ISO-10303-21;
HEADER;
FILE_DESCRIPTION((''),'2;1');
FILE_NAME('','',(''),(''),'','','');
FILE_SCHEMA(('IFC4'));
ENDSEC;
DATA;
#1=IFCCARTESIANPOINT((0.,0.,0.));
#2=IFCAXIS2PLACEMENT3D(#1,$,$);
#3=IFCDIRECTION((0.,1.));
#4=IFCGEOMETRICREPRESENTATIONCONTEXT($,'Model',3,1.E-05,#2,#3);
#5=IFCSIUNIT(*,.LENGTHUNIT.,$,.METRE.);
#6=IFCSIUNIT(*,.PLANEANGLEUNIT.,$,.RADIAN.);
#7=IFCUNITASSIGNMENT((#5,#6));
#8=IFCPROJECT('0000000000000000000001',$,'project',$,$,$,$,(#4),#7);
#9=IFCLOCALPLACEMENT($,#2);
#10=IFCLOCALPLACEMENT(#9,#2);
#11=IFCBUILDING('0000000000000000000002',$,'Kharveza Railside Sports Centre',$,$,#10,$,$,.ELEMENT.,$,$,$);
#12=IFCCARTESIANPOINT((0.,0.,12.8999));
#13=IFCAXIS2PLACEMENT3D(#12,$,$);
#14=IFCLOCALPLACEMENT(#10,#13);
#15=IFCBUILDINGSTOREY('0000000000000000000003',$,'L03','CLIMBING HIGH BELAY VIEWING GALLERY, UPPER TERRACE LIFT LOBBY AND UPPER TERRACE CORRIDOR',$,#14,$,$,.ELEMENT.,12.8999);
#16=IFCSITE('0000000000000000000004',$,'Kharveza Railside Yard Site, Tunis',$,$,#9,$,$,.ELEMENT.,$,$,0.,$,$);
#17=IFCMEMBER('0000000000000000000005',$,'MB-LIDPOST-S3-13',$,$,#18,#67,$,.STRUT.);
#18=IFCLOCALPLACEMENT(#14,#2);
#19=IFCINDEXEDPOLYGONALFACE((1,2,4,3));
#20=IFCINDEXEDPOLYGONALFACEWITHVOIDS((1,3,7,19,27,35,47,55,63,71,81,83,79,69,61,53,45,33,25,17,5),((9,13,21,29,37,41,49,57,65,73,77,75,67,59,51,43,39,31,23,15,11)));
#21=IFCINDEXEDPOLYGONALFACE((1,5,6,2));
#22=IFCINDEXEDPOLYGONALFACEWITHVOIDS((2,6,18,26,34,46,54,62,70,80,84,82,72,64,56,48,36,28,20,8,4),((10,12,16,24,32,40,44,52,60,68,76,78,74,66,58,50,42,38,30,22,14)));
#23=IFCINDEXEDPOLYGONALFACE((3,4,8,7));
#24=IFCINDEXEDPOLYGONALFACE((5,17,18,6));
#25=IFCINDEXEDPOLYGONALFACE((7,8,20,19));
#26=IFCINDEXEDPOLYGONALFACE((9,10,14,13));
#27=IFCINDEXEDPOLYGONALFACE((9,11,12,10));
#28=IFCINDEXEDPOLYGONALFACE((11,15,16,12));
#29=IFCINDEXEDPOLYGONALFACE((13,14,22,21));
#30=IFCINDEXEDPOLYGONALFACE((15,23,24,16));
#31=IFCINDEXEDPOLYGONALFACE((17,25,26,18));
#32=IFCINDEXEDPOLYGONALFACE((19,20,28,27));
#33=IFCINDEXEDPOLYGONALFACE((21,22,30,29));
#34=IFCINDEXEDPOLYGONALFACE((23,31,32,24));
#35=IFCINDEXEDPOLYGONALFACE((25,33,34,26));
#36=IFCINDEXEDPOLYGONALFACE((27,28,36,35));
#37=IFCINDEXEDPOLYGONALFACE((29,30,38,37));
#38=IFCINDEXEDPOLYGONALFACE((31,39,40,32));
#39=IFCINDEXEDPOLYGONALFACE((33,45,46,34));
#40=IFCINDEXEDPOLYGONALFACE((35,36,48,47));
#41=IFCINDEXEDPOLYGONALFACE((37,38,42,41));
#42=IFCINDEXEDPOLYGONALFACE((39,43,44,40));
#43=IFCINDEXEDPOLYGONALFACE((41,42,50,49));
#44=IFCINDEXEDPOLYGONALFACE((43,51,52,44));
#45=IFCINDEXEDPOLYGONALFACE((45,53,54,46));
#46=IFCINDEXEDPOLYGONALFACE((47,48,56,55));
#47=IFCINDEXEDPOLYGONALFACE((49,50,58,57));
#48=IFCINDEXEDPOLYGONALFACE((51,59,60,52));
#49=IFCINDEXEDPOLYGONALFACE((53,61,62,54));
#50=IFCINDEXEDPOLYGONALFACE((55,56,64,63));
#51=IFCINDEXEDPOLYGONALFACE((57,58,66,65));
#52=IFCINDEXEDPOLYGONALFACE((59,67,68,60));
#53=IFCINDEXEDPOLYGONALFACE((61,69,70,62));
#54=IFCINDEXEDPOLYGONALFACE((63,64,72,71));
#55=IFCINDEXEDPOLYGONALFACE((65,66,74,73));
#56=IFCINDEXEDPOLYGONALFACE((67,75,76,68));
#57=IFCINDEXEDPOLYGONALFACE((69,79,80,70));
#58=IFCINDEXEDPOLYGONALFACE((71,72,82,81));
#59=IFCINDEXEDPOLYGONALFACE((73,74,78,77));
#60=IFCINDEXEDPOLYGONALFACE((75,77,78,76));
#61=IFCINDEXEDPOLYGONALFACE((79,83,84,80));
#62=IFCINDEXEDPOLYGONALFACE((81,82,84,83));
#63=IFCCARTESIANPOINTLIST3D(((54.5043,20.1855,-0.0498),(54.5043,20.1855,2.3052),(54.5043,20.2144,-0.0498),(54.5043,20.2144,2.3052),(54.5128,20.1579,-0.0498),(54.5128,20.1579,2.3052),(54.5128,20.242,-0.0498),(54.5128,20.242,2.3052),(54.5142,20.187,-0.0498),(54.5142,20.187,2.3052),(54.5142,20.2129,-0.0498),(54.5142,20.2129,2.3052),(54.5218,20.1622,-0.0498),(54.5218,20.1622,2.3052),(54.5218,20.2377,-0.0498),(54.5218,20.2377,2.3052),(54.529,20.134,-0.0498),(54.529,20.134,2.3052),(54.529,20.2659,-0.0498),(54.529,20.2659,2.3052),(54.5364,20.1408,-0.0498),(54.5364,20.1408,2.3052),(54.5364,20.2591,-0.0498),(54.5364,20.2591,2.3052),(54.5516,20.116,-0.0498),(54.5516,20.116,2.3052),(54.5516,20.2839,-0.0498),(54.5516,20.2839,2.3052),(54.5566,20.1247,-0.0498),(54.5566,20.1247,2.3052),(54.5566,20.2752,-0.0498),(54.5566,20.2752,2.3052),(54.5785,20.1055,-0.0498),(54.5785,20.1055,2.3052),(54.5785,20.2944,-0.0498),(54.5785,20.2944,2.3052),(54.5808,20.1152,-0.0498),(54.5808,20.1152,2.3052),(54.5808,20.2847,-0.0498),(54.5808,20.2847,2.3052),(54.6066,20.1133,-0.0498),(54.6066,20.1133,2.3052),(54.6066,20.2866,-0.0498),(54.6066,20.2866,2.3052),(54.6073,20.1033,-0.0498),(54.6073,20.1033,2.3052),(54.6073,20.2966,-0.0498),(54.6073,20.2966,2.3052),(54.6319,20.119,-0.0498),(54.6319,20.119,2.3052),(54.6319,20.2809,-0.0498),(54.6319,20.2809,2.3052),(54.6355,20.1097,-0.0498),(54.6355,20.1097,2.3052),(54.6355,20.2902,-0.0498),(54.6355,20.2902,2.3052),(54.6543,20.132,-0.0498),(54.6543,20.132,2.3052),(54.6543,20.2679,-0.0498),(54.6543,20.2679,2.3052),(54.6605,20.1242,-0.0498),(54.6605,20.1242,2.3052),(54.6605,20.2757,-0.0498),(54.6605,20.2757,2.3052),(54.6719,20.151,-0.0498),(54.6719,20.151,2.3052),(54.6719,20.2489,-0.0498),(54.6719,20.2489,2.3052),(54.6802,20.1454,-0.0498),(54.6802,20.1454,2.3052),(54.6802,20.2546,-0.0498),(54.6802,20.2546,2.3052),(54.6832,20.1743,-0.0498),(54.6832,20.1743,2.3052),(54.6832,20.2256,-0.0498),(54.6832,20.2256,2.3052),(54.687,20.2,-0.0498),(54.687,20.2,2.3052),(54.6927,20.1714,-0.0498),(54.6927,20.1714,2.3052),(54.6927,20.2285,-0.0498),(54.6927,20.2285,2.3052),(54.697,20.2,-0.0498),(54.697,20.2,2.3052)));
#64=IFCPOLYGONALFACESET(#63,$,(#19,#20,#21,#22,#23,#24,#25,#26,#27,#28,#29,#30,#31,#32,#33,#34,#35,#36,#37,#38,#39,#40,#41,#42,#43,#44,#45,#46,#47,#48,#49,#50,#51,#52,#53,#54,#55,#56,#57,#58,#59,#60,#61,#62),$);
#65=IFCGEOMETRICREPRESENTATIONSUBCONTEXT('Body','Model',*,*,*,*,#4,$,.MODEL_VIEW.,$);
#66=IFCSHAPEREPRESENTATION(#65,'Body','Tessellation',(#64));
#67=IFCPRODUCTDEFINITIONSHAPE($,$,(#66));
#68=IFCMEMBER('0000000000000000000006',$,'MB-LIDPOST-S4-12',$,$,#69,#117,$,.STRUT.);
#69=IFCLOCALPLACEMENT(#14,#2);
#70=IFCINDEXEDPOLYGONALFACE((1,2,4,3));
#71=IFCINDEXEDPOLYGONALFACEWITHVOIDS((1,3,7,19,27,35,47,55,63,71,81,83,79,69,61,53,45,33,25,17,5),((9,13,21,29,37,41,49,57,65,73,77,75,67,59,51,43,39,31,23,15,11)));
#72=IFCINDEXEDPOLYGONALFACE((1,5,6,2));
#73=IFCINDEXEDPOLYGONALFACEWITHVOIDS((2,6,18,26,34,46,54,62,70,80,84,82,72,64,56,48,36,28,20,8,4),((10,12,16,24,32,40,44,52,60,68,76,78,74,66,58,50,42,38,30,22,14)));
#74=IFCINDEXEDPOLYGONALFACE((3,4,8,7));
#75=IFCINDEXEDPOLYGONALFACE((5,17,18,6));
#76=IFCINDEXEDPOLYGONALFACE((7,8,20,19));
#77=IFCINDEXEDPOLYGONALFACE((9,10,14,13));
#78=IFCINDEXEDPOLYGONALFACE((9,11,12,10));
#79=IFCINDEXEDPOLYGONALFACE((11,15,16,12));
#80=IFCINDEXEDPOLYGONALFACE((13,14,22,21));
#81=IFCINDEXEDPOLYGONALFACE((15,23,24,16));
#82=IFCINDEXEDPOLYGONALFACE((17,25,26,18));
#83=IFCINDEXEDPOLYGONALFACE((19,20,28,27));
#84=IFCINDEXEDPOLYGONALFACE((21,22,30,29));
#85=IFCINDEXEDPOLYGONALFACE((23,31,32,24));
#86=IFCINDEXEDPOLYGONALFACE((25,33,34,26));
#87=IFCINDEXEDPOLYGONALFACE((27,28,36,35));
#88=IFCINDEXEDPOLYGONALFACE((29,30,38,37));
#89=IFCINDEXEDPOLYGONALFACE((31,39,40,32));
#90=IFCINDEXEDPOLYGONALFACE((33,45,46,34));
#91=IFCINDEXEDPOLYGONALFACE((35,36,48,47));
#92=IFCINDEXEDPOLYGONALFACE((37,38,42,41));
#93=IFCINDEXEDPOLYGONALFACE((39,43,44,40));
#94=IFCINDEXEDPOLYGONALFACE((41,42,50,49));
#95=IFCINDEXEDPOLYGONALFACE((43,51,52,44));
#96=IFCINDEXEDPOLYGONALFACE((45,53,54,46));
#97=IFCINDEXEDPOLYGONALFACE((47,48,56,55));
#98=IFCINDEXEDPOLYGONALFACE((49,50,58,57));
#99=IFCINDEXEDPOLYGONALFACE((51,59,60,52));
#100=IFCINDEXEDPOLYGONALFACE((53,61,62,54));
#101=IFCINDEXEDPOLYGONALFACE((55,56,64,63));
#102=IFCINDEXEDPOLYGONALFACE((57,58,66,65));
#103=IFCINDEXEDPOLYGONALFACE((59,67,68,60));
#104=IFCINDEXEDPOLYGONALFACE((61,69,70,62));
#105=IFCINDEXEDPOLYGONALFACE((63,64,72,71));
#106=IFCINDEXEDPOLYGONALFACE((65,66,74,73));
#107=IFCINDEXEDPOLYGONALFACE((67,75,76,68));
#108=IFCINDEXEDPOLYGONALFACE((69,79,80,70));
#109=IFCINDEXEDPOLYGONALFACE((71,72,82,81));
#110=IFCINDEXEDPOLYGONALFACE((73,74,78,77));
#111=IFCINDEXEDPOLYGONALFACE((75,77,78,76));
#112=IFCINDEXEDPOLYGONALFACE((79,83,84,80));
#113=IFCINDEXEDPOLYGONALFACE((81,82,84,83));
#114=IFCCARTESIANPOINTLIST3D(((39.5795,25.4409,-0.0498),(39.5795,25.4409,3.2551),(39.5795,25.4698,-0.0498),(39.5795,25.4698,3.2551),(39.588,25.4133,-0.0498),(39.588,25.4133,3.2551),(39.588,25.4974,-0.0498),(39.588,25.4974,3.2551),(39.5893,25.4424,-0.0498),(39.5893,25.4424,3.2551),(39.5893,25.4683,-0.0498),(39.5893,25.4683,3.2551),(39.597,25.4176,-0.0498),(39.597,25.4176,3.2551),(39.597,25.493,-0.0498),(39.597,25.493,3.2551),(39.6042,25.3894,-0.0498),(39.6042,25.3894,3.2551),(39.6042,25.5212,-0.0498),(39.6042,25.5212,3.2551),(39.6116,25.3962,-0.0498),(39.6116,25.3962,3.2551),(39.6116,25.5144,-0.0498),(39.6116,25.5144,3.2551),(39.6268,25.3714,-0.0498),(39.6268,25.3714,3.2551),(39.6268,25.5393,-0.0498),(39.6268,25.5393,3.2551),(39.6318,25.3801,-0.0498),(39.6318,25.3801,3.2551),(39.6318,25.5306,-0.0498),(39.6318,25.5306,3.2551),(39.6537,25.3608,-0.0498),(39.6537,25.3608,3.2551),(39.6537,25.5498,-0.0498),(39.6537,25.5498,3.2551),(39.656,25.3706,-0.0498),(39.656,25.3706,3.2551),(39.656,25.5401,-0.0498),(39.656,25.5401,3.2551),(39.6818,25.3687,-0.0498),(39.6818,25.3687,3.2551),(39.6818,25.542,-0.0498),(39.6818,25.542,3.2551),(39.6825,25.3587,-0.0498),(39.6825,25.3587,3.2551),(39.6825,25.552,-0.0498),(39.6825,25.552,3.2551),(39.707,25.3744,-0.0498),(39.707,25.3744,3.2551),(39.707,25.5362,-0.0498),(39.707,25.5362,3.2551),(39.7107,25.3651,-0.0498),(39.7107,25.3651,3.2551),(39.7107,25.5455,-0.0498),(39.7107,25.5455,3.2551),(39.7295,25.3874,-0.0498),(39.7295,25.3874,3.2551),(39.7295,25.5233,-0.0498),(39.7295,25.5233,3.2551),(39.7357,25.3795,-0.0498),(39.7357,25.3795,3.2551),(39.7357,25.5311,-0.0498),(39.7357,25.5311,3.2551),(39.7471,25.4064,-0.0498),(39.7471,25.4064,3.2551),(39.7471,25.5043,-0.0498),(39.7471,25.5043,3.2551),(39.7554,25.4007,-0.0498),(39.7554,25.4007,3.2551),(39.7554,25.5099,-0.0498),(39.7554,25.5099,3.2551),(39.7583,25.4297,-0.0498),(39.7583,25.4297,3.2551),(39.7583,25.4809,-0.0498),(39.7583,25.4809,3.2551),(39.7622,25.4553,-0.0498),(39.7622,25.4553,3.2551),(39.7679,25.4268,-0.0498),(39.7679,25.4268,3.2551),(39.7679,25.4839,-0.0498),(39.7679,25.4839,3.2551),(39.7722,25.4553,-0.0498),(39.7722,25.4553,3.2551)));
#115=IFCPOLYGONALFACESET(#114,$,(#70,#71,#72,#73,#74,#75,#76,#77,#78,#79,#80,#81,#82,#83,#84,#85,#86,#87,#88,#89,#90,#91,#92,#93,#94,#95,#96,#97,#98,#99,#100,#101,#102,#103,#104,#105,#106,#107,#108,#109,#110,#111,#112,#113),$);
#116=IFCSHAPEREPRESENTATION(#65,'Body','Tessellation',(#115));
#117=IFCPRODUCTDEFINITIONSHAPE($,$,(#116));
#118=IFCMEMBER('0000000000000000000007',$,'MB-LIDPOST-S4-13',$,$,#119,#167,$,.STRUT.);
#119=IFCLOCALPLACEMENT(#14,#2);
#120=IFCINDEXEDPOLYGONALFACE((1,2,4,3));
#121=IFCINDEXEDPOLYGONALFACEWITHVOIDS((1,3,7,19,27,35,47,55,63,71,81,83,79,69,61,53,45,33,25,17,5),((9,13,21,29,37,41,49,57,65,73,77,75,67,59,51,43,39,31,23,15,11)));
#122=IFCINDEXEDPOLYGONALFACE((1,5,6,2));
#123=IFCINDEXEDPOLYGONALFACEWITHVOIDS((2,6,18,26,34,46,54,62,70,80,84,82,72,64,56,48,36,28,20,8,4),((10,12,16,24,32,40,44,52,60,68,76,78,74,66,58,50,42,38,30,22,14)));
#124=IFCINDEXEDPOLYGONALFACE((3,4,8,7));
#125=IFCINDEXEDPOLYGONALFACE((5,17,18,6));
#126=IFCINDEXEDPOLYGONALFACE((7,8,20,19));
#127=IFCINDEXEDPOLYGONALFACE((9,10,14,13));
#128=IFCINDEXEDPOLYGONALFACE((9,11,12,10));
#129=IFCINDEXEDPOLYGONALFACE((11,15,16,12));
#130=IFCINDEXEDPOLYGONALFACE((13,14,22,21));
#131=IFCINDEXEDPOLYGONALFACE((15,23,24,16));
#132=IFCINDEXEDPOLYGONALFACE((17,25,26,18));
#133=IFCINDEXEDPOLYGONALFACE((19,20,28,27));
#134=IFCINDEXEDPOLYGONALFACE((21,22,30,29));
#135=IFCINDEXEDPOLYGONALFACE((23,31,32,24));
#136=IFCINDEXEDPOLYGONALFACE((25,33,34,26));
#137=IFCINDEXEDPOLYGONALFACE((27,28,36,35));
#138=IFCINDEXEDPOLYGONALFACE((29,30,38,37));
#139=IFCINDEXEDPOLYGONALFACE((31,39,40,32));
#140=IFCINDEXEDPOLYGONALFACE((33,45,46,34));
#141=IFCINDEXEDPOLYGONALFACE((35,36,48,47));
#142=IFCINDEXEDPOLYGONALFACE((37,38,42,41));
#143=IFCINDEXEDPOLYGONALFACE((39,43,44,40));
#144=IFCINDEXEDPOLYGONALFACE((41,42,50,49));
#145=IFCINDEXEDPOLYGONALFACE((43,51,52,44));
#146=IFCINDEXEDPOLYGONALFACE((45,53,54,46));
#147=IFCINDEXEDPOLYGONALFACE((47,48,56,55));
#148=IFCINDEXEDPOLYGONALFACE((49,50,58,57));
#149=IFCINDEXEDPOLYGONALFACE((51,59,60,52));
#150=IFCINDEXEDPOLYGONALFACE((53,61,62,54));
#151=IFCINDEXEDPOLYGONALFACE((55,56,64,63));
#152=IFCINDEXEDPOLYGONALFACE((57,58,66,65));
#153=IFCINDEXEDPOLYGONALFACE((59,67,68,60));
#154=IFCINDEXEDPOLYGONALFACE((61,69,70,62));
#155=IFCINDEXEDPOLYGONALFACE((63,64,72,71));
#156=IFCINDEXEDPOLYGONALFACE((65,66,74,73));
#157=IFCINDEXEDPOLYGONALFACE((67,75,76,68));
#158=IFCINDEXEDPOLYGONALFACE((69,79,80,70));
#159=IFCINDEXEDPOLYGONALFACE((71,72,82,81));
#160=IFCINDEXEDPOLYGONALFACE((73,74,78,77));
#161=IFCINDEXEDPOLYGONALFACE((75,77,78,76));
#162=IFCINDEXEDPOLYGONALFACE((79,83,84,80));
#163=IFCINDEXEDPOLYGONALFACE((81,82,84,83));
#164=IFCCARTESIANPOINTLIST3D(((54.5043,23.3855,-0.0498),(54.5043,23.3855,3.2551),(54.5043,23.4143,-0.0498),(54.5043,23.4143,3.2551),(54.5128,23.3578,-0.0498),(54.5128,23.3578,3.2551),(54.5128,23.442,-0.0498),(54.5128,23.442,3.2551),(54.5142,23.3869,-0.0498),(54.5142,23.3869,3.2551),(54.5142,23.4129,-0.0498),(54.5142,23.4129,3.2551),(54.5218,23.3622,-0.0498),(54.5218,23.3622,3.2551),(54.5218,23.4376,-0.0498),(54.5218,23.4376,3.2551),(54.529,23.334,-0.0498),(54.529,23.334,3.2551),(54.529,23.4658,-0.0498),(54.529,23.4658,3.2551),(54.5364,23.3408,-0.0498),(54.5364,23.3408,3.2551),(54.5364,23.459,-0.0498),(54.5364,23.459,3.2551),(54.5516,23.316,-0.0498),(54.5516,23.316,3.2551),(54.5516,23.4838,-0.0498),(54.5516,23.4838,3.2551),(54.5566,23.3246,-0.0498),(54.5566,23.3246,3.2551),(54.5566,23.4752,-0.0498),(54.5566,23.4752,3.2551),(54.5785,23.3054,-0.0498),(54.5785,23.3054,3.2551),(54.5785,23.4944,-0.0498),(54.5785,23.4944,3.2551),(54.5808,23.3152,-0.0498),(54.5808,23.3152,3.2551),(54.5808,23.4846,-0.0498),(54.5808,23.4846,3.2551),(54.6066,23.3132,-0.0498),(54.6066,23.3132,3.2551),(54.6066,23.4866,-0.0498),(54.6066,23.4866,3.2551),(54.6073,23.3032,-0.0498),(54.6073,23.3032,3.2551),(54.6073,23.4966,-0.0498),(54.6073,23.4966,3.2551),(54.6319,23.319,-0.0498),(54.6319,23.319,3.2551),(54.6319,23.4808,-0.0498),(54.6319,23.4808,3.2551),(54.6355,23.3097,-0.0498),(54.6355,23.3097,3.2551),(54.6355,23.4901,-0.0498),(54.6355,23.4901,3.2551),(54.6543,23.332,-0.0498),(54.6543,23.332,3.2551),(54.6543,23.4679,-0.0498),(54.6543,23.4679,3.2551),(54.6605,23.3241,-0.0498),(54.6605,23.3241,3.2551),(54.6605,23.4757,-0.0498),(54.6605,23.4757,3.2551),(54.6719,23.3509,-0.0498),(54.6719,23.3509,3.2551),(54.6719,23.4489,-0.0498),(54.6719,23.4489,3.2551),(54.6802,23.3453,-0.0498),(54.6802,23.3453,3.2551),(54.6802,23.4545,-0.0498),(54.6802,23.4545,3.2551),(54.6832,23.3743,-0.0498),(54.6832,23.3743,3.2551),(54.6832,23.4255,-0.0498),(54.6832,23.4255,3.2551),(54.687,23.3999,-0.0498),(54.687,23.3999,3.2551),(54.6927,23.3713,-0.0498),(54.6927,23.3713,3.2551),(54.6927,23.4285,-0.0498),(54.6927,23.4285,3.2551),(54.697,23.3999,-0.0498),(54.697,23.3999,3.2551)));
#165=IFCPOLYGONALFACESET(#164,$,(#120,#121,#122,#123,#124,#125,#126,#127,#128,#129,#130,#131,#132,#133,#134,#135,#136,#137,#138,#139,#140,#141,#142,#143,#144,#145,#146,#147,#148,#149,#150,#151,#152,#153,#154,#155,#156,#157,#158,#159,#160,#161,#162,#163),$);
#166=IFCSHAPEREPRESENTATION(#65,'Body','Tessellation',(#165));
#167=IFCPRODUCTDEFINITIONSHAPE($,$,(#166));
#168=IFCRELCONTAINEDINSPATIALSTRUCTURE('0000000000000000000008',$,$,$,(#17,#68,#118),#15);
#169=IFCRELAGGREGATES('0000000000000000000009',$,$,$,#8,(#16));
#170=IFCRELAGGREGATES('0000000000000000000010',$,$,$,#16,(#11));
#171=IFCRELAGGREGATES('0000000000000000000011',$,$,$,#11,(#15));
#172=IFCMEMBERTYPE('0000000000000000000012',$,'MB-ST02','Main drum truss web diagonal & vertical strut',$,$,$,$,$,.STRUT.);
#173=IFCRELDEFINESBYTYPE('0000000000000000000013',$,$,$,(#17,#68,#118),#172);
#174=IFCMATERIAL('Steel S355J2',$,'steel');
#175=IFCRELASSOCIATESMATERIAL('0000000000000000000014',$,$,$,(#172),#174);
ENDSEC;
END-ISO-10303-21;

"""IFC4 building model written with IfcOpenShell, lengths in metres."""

from ifc_helpers import new_model, si_unit, direction, frame, origin, origin_2d, place, context, subcontext, project, spatial, hollow_circle, extrude, material, material_profile, profile_set, type_object, element, save


model = new_model("IFC4")

# Units and contexts
model_context = context("Model", 3, precision=1e-05, world=origin(), true_north=direction((0.0, 1.0)))
body_context = subcontext(model_context, "Body", "Model", "MODEL_VIEW")
ifc_project = project(units=[si_unit("LENGTHUNIT", "METRE"), si_unit("PLANEANGLEUNIT", "RADIAN")], contexts=[model_context])

# Site, building, storey
site_placement = place(None, origin())
site = spatial("IfcSite", under=ifc_project, at=site_placement, Name="Kharveza Railside Yard Site, Tunis", CompositionType="ELEMENT", RefElevation=0.0)
building_placement = place(site_placement, origin())
building = spatial("IfcBuilding", under=site, at=building_placement, Name="Kharveza Railside Sports Centre", CompositionType="ELEMENT")
storey_placement = place(building_placement, frame((0.0, 0.0, 12.8999)))
storey = spatial("IfcBuildingStorey", under=building, at=storey_placement, Name="L03", Description="CLIMBING HIGH BELAY VIEWING GALLERY, UPPER TERRACE LIFT LOBBY AND UPPER TERRACE CORRIDOR", CompositionType="ELEMENT", Elevation=12.8999)

# Shared definitions
ifc_material_1 = material(Name="Steel S355J2", Category="steel")

# Members
ifc_material_profile_1 = material_profile(ifc_material_1, hollow_circle(Radius=0.0969, WallThickness=0.01, at=origin_2d()), Name="CHS 193.7x10.0")
ifc_profile_set_1 = profile_set([ifc_material_profile_1], Name="Steel S355J2")
member_type_1 = type_object("IfcMemberType", Name="MB-ST02", Description="Main drum truss web diagonal & vertical strut", PredefinedType="STRUT", material=ifc_profile_set_1)
for number, where, z_axis, x_axis, name in (
    (1, (54.6001, 20.2, -0.0498), (0.0, 0.0, 1.0), (1.0, 0.0, 0.0), "MB-LIDPOST-S3-13"),
):
    element("IfcMember", number, at=place(storey_placement, frame(where, z_axis=z_axis, x_axis=x_axis)), inside=storey, type_object=member_type_1, Name=name, PredefinedType="STRUT", context=body_context, shape_type="SweptSolid", body=[
        extrude(hollow_circle(Radius=0.0969, WallThickness=0.01, at=origin_2d()), origin(), (0.0, 0.0, 1.0), 2.355),
    ])
for number, where, z_axis, x_axis, name in (
    (2, (39.6753, 25.4553, -0.0498), (0.0, 0.0, 1.0), (1.0, 0.0, 0.0), "MB-LIDPOST-S4-12"),
    (3, (54.6001, 23.3999, -0.0498), (0.0, 0.0, 1.0), (1.0, 0.0, 0.0), "MB-LIDPOST-S4-13"),
):
    element("IfcMember", number, at=place(storey_placement, frame(where, z_axis=z_axis, x_axis=x_axis)), inside=storey, type_object=member_type_1, Name=name, PredefinedType="STRUT", context=body_context, shape_type="SweptSolid", body=[
        extrude(hollow_circle(Radius=0.0969, WallThickness=0.01, at=origin_2d()), origin(), (0.0, 0.0, 1.0), 3.3049),
    ])

save(model, "model.ifc")
